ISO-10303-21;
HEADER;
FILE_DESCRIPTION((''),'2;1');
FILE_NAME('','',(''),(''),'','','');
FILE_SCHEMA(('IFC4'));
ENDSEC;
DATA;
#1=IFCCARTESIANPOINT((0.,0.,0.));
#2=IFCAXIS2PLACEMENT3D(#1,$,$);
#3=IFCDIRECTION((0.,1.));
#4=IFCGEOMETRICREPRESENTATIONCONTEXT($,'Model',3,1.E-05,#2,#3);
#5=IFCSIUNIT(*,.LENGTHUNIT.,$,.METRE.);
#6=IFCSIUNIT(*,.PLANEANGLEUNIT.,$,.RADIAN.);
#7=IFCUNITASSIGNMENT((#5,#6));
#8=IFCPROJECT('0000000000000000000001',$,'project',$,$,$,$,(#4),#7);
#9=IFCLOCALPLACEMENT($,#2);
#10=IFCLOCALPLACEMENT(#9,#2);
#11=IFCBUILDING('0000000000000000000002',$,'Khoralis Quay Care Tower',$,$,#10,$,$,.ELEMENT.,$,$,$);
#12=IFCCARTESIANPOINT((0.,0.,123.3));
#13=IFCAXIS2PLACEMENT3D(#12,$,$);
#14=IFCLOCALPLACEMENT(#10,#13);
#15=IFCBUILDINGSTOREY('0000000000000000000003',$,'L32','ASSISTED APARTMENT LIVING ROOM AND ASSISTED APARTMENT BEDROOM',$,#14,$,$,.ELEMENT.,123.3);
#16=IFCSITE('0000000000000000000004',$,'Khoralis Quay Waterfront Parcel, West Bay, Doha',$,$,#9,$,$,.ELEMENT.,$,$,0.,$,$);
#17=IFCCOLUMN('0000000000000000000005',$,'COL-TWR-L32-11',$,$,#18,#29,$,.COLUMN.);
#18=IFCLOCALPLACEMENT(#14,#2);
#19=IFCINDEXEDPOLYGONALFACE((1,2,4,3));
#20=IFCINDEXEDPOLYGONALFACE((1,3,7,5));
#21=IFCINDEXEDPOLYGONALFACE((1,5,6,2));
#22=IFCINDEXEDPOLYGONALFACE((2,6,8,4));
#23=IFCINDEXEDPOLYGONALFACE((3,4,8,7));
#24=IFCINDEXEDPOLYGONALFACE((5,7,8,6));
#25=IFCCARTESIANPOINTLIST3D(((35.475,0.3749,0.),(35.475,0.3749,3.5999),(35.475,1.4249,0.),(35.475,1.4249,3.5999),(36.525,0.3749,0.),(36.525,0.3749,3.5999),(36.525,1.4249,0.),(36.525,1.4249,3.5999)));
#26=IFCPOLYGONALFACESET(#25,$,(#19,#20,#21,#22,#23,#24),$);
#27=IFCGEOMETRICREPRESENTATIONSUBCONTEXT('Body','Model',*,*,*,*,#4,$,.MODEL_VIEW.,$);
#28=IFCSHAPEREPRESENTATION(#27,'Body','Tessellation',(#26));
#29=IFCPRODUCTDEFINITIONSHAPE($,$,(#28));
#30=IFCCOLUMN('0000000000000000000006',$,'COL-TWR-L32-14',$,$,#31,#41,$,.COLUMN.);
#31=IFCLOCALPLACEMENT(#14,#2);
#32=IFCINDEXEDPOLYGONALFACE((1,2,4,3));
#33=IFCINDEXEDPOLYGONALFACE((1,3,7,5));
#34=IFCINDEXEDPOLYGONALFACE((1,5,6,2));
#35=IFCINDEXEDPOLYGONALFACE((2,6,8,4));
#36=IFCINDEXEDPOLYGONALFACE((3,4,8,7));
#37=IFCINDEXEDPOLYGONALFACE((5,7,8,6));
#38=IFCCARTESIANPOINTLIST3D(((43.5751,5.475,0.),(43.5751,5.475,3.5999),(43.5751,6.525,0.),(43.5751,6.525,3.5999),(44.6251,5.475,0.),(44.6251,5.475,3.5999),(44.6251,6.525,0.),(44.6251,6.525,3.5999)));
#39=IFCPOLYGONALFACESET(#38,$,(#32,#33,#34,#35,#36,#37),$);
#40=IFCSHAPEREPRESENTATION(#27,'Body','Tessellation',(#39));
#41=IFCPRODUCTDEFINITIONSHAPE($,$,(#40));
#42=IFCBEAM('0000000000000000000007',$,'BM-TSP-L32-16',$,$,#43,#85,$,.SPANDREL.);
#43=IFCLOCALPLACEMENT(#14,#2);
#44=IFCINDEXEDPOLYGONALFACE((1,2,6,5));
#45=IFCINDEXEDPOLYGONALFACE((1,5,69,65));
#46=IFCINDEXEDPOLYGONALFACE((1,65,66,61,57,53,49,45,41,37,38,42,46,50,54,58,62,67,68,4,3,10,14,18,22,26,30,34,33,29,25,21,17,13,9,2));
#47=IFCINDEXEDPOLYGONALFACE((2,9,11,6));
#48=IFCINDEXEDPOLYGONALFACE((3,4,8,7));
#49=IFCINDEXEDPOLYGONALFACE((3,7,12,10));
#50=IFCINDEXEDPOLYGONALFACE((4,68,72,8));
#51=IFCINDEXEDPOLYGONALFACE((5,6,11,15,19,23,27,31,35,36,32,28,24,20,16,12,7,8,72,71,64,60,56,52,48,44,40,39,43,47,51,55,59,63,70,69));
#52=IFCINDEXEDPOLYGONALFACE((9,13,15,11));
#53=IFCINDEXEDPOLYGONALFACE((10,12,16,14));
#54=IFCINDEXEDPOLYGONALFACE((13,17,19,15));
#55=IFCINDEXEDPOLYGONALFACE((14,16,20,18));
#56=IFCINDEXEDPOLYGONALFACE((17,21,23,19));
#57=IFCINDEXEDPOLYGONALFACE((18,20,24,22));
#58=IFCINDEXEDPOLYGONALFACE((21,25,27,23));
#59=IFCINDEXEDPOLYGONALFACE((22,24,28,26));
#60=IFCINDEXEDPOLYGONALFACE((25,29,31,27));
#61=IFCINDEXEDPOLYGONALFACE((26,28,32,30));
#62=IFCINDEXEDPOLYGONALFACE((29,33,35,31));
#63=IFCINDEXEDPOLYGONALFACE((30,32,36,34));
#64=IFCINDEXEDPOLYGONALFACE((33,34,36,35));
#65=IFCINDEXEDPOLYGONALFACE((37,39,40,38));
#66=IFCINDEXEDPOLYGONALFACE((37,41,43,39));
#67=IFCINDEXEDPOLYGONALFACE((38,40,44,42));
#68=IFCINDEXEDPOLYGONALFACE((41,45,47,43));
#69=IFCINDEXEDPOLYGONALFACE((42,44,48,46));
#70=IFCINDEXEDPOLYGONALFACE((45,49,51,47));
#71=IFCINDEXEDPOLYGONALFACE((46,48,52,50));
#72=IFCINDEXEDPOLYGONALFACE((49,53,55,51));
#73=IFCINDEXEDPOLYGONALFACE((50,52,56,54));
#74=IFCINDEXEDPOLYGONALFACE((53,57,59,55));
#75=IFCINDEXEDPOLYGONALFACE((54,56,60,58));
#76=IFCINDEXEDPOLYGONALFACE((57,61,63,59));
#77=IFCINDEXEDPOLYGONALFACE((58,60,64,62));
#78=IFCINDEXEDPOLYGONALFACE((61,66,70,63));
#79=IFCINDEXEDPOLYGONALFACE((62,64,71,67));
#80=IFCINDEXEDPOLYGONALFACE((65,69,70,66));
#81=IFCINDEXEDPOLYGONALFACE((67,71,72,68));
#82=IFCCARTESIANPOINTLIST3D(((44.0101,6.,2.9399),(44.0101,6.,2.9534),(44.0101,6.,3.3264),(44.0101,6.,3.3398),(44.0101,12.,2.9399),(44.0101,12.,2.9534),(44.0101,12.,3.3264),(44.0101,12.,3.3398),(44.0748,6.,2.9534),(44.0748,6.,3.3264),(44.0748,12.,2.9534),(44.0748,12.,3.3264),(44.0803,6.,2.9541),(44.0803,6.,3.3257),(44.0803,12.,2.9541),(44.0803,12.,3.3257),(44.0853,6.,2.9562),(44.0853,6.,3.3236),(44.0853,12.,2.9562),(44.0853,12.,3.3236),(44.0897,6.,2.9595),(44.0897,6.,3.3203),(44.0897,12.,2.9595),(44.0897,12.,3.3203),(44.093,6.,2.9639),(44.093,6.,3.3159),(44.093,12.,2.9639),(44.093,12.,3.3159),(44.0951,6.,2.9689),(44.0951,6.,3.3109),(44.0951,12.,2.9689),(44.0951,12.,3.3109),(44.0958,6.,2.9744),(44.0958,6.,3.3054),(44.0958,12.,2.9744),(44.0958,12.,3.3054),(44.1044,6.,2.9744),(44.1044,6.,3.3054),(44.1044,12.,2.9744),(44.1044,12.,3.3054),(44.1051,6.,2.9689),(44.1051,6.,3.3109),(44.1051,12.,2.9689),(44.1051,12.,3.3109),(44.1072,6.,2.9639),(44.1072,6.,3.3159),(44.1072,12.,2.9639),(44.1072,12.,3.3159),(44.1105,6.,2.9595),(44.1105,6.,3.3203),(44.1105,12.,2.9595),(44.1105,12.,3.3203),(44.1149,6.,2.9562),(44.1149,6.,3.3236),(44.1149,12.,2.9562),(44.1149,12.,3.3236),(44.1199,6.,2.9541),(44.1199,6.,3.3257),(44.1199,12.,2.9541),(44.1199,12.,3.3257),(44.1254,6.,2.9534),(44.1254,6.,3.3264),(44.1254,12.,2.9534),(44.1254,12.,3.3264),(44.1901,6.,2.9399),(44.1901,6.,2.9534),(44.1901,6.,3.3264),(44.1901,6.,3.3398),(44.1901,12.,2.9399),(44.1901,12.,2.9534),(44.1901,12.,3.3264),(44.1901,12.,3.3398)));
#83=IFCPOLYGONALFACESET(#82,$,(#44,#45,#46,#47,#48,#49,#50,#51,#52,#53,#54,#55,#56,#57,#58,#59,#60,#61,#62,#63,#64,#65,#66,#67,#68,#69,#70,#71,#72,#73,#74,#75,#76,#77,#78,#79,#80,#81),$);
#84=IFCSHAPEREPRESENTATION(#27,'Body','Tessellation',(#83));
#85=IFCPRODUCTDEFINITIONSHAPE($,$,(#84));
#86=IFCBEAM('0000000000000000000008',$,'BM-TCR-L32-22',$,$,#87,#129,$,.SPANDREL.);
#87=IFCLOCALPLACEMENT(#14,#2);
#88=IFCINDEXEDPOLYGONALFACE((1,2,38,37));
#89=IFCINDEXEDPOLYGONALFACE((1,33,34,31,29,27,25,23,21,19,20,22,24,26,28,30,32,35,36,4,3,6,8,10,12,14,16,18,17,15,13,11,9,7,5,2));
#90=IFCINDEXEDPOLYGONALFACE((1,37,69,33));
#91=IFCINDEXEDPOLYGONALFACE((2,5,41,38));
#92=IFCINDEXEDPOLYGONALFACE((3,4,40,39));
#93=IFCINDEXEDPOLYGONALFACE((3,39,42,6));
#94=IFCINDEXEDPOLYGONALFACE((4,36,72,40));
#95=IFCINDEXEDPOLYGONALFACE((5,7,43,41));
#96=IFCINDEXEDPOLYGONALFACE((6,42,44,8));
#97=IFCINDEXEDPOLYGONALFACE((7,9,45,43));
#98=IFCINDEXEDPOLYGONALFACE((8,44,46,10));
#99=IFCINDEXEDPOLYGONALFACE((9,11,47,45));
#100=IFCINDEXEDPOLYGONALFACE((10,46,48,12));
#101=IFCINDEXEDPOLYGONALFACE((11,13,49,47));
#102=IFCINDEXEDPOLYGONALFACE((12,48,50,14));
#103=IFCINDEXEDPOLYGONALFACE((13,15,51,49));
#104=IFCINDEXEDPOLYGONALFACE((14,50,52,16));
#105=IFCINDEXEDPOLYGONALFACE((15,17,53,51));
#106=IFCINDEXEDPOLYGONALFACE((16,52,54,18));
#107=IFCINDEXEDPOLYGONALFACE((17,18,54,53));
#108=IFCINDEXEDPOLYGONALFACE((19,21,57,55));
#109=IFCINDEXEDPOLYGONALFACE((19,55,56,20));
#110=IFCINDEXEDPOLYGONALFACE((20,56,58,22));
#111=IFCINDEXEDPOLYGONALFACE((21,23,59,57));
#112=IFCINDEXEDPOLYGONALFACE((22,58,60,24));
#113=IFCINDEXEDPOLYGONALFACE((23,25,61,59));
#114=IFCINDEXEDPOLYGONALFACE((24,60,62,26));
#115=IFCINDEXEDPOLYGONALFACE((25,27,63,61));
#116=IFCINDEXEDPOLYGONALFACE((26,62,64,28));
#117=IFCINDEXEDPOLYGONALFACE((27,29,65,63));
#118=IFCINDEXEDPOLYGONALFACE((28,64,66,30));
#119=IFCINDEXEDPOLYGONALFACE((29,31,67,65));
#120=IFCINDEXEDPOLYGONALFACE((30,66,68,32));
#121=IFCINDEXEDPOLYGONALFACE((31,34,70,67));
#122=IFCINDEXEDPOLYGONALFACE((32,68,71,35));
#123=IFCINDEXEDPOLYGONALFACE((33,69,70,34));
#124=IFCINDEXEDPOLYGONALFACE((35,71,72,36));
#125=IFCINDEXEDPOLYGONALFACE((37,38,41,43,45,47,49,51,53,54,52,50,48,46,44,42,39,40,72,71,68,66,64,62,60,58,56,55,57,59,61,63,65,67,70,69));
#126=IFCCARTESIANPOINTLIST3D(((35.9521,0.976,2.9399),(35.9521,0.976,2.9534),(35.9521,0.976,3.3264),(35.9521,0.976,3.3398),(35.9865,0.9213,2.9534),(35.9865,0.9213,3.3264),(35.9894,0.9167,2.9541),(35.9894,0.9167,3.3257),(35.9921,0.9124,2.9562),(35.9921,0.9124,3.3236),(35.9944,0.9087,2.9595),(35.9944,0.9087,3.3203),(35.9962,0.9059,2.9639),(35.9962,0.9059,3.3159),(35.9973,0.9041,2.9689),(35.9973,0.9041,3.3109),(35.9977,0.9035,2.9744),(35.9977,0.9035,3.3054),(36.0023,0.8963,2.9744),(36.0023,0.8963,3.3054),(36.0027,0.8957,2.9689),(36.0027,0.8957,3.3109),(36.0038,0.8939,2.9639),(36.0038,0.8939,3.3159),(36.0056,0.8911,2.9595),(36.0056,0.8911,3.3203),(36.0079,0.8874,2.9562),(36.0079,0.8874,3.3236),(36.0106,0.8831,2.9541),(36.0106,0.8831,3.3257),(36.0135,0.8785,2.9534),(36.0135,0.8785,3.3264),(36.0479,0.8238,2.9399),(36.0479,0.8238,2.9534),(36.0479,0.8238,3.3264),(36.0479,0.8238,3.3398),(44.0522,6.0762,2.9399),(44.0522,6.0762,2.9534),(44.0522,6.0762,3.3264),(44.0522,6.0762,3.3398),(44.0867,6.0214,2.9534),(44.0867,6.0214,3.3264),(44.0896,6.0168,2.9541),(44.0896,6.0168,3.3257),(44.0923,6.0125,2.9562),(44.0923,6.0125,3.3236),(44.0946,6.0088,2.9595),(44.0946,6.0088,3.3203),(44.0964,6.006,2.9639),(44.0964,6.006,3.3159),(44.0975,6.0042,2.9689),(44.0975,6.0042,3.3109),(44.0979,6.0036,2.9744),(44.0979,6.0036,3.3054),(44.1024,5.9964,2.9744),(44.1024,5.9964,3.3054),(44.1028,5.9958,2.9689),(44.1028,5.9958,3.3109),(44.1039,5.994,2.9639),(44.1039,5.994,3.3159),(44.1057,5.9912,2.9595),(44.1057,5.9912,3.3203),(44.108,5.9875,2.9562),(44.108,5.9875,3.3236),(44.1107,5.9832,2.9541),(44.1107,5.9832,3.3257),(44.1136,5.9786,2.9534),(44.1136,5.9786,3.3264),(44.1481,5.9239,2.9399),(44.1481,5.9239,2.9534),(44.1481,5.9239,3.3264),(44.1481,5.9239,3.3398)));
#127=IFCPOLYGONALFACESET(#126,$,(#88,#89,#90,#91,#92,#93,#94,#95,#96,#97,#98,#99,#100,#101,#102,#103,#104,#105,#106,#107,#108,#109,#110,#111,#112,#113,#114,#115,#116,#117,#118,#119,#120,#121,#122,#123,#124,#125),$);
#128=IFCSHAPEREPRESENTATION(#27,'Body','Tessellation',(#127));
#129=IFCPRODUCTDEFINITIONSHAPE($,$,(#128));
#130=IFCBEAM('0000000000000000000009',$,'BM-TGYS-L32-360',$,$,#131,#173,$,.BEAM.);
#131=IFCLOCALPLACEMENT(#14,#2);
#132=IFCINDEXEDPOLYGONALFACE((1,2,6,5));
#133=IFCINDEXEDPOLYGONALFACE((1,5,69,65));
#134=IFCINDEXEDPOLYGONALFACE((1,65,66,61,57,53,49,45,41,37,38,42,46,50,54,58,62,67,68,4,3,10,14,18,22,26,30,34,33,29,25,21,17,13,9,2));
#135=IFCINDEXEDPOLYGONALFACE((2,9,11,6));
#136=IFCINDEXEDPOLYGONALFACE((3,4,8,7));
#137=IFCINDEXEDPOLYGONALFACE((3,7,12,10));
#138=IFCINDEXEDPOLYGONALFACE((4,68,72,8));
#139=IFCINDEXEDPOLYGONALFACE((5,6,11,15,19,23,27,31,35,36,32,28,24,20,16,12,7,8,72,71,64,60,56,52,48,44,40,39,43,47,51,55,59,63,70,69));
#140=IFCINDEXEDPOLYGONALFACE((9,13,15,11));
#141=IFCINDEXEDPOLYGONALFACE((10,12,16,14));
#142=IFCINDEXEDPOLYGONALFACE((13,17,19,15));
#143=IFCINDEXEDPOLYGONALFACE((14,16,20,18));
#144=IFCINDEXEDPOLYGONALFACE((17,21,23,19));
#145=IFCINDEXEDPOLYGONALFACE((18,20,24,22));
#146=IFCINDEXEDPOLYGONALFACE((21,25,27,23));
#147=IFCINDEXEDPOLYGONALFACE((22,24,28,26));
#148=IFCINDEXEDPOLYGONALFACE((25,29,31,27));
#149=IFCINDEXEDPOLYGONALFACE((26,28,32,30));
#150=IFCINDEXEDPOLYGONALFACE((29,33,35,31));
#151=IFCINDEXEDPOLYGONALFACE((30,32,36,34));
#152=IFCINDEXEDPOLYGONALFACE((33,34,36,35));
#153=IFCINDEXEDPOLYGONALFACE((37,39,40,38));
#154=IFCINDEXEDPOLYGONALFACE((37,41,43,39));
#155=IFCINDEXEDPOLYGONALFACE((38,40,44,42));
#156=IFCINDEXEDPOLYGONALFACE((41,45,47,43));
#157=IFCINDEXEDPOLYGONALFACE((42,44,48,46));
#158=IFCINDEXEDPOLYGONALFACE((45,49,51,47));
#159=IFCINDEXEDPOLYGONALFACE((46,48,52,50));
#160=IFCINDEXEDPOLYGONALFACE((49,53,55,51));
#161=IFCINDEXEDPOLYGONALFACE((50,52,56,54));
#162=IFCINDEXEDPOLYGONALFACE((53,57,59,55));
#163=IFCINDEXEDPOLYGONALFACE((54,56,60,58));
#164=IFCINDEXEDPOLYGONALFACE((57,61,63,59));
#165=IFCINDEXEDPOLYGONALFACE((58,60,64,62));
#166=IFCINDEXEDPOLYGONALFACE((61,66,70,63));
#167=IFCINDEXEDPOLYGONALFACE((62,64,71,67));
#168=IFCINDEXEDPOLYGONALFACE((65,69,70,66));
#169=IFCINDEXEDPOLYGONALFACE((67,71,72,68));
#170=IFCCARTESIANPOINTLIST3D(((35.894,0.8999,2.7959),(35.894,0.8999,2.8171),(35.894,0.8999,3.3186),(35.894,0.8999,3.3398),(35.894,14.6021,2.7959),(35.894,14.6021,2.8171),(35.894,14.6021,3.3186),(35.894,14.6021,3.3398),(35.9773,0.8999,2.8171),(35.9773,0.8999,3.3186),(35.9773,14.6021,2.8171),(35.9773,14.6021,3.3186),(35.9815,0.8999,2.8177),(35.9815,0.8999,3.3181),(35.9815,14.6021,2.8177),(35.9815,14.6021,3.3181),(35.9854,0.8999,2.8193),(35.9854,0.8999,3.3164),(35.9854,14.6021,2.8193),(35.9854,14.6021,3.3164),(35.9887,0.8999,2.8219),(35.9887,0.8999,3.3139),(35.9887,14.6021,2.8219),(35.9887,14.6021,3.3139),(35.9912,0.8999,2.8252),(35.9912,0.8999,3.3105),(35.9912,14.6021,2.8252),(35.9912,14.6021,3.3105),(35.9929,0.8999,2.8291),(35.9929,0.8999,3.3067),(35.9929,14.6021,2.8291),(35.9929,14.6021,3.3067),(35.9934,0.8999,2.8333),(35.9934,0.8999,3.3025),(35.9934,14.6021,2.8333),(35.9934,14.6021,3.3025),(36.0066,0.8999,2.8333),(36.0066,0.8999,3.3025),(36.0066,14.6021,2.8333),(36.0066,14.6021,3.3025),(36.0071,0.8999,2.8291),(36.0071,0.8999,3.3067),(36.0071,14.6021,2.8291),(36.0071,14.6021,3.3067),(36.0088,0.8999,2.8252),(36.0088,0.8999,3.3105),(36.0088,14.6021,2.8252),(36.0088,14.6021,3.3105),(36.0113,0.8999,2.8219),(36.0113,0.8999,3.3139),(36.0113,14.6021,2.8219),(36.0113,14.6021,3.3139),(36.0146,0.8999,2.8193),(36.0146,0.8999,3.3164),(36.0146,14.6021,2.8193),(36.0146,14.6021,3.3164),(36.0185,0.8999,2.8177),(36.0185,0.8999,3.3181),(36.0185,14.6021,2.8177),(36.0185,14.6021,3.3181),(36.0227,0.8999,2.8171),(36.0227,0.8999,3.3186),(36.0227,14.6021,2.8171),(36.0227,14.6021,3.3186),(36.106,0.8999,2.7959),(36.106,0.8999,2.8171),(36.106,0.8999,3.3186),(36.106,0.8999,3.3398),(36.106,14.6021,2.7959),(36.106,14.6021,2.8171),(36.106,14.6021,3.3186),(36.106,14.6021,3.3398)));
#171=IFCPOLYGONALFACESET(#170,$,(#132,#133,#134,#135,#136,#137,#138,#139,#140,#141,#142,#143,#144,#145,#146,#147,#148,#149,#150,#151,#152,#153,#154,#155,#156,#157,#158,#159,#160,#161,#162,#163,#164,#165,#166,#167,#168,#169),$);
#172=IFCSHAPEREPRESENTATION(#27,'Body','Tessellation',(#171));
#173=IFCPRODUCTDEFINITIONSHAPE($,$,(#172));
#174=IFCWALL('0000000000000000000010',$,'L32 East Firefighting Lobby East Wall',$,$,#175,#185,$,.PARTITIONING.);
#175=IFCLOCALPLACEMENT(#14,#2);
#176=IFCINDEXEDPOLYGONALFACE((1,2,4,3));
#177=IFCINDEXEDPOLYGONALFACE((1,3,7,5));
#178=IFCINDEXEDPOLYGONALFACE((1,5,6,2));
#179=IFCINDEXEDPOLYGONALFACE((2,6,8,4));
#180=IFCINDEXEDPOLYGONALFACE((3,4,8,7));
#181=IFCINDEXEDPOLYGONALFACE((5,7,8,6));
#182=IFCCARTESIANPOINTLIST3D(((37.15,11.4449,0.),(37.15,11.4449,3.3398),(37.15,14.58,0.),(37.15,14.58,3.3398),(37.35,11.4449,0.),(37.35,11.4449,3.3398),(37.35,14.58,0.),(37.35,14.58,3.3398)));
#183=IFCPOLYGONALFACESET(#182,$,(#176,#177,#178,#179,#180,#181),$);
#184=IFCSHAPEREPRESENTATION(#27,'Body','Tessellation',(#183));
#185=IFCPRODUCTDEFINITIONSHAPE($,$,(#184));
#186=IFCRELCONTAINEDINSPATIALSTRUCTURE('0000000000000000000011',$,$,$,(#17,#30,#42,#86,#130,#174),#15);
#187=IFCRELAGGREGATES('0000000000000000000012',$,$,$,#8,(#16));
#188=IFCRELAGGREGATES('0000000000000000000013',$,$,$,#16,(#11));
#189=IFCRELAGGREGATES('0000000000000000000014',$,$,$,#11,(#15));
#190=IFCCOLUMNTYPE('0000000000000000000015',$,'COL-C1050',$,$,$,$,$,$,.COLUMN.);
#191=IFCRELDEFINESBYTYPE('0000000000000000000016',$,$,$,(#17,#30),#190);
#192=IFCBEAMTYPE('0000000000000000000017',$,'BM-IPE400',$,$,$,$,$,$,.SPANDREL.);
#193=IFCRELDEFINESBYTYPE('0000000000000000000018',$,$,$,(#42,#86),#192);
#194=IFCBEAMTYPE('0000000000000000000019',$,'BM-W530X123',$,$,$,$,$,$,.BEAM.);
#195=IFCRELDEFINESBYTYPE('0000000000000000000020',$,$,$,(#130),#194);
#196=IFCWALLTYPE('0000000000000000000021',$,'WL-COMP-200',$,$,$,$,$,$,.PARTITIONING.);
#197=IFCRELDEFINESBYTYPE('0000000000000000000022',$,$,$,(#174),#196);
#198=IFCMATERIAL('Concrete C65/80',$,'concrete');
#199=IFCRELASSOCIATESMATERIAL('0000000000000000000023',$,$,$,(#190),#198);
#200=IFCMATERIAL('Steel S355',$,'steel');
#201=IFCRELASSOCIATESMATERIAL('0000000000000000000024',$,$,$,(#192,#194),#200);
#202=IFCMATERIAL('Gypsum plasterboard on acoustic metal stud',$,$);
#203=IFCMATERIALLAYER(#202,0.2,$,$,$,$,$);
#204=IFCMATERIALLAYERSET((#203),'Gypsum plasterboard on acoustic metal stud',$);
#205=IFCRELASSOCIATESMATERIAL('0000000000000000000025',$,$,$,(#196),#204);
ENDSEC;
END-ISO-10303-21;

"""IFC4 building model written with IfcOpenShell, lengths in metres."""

from ifc_helpers import new_model, si_unit, direction, frame, frame_2d, origin, origin_2d, place, context, subcontext, project, spatial, rectangle, i_section, extrude, source, transform, mapped, material, layer, layer_set, material_profile, profile_set, type_object, element, save


model = new_model("IFC4")

# Units and contexts
model_context = context("Model", 3, precision=1e-05, world=origin(), true_north=direction((0.0, 1.0)))
body_context = subcontext(model_context, "Body", "Model", "MODEL_VIEW")
ifc_project = project(units=[si_unit("LENGTHUNIT", "METRE"), si_unit("PLANEANGLEUNIT", "RADIAN")], contexts=[model_context])

# Site, building, storey
site_placement = place(None, origin())
site = spatial("IfcSite", under=ifc_project, at=site_placement, Name="Khoralis Quay Waterfront Parcel, West Bay, Doha", CompositionType="ELEMENT", RefElevation=0.0)
building_placement = place(site_placement, origin())
building = spatial("IfcBuilding", under=site, at=building_placement, Name="Khoralis Quay Care Tower", CompositionType="ELEMENT")
storey_placement = place(building_placement, frame((0.0, 0.0, 123.3)))
storey = spatial("IfcBuildingStorey", under=building, at=storey_placement, Name="L32", Description="ASSISTED APARTMENT LIVING ROOM AND ASSISTED APARTMENT BEDROOM", CompositionType="ELEMENT", Elevation=123.3)

# Columns
ifc_material_1 = material(Name="Concrete C65/80", Category="concrete")
ifc_material_profile_1 = material_profile(ifc_material_1, rectangle(XDim=1.05, YDim=1.05, at=origin_2d()), Name="Concrete C65/80")
ifc_profile_set_1 = profile_set([ifc_material_profile_1], Name="Concrete C65/80")
column_type = type_object("IfcColumnType", Name="COL-C1050", PredefinedType="COLUMN", material=ifc_profile_set_1)
shared_shape_1 = source(origin(), body_context, "Body", "SweptSolid", [
    extrude(rectangle(XDim=1.05, YDim=1.05, at=origin_2d()), origin(), (0.0, 0.0, 1.0), 3.5999),
])
for number, where, z_axis, x_axis, name in (
    (1, (36.0, 0.8999, 0.0), (0.0, 0.0, 1.0), (1.0, 0.0, 0.0), "COL-TWR-L32-11"),
    (2, (44.1001, 6.0, 0.0), (0.0, 0.0, 1.0), (1.0, 0.0, 0.0), "COL-TWR-L32-14"),
):
    element("IfcColumn", number, at=place(storey_placement, frame(where, z_axis=z_axis, x_axis=x_axis)), inside=storey, type_object=column_type, Name=name, PredefinedType="COLUMN", context=body_context, shape_type="MappedRepresentation", body=[
        mapped(shared_shape_1, transform((0.0, 0.0, 0.0), scale=1.0)),
    ])

# Beams
ifc_material_2 = material(Name="Steel S355", Category="steel")
ifc_material_profile_2 = material_profile(ifc_material_2, i_section(OverallWidth=0.1799, OverallDepth=0.3999, WebThickness=0.0085, FlangeThickness=0.0134, FilletRadius=0.021, at=origin_2d()), Name="Steel S355")
ifc_profile_set_2 = profile_set([ifc_material_profile_2], Name="Steel S355")
beam_type_1 = type_object("IfcBeamType", Name="BM-IPE400", PredefinedType="SPANDREL", material=ifc_profile_set_2)
shared_shape_2 = source(origin(), body_context, "Body", "SweptSolid", [
    extrude(i_section(OverallWidth=0.1799, OverallDepth=0.3999, WebThickness=0.0085, FlangeThickness=0.0134, FilletRadius=0.021, at=origin_2d()), origin(), (0.0, 0.0, 1.0), 6.0),
])
beam_1_placement = place(storey_placement, frame((44.1001, 6.0, 3.1399), z_axis=(0.0, 1.0, 0.0), x_axis=(-1.0, 0.0, 0.0)))
element("IfcBeam", 3, at=beam_1_placement, inside=storey, type_object=beam_type_1, Name="BM-TSP-L32-16", PredefinedType="SPANDREL", context=body_context, shape_type="MappedRepresentation", body=[
    mapped(shared_shape_2, transform((0.0, 0.0, 0.0), scale=1.0)),
])
shared_shape_3 = source(origin(), body_context, "Body", "SweptSolid", [
    extrude(i_section(OverallWidth=0.1799, OverallDepth=0.3999, WebThickness=0.0085, FlangeThickness=0.0134, FilletRadius=0.021, at=origin_2d()), origin(), (0.0, 0.0, 1.0), 9.572),
])
beam_2_placement = place(storey_placement, frame((36.0, 0.8999, 3.1399), z_axis=(0.846231, 0.532816, 0.0), x_axis=(-0.532816, 0.846231, 0.0)))
element("IfcBeam", 4, at=beam_2_placement, inside=storey, type_object=beam_type_1, Name="BM-TCR-L32-22", PredefinedType="SPANDREL", context=body_context, shape_type="MappedRepresentation", body=[
    mapped(shared_shape_3, transform((0.0, 0.0, 0.0), scale=1.0)),
])
ifc_material_profile_3 = material_profile(ifc_material_2, i_section(OverallWidth=0.2119, OverallDepth=0.5439, WebThickness=0.0132, FlangeThickness=0.0212, FilletRadius=0.0161, at=origin_2d()), Name="Steel S355")
ifc_profile_set_3 = profile_set([ifc_material_profile_3], Name="Steel S355")
beam_type_2 = type_object("IfcBeamType", Name="BM-W530X123", PredefinedType="BEAM", material=ifc_profile_set_3)
shared_shape_4 = source(origin(), body_context, "Body", "SweptSolid", [
    extrude(i_section(OverallWidth=0.2119, OverallDepth=0.5439, WebThickness=0.0132, FlangeThickness=0.0212, FilletRadius=0.0161, at=origin_2d()), origin(), (0.0, 0.0, 1.0), 13.7021),
])
beam_3_placement = place(storey_placement, frame((36.0, 0.8999, 3.0679), z_axis=(0.0, 1.0, 0.0), x_axis=(-1.0, 0.0, 0.0)))
element("IfcBeam", 5, at=beam_3_placement, inside=storey, type_object=beam_type_2, Name="BM-TGYS-L32-360", PredefinedType="BEAM", context=body_context, shape_type="MappedRepresentation", body=[
    mapped(shared_shape_4, transform((0.0, 0.0, 0.0), scale=1.0)),
])

# Wall
ifc_material_3 = material(Name="Gypsum plasterboard on acoustic metal stud")
ifc_layer_1 = layer(ifc_material_3, 0.2)
ifc_layer_set_1 = layer_set([ifc_layer_1], Name="Gypsum plasterboard on acoustic metal stud")
wall_type_1 = type_object("IfcWallType", Name="WL-COMP-200", PredefinedType="PARTITIONING", material=ifc_layer_set_1)
wall_1_placement = place(storey_placement, frame((37.25, 11.4451, 0.0), z_axis=(0.0, 0.0, 1.0), x_axis=(0.0, 1.0, 0.0)))
element("IfcWall", 6, at=wall_1_placement, inside=storey, type_object=wall_type_1, Name="L32 East Firefighting Lobby East Wall", PredefinedType="PARTITIONING", context=body_context, shape_type="SweptSolid", body=[
    extrude(rectangle(XDim=3.135, YDim=0.2, at=frame_2d((1.5674, 0.0))), origin(), (0.0, 0.0, 1.0), 3.3398),
])

save(model, "model.ifc")
